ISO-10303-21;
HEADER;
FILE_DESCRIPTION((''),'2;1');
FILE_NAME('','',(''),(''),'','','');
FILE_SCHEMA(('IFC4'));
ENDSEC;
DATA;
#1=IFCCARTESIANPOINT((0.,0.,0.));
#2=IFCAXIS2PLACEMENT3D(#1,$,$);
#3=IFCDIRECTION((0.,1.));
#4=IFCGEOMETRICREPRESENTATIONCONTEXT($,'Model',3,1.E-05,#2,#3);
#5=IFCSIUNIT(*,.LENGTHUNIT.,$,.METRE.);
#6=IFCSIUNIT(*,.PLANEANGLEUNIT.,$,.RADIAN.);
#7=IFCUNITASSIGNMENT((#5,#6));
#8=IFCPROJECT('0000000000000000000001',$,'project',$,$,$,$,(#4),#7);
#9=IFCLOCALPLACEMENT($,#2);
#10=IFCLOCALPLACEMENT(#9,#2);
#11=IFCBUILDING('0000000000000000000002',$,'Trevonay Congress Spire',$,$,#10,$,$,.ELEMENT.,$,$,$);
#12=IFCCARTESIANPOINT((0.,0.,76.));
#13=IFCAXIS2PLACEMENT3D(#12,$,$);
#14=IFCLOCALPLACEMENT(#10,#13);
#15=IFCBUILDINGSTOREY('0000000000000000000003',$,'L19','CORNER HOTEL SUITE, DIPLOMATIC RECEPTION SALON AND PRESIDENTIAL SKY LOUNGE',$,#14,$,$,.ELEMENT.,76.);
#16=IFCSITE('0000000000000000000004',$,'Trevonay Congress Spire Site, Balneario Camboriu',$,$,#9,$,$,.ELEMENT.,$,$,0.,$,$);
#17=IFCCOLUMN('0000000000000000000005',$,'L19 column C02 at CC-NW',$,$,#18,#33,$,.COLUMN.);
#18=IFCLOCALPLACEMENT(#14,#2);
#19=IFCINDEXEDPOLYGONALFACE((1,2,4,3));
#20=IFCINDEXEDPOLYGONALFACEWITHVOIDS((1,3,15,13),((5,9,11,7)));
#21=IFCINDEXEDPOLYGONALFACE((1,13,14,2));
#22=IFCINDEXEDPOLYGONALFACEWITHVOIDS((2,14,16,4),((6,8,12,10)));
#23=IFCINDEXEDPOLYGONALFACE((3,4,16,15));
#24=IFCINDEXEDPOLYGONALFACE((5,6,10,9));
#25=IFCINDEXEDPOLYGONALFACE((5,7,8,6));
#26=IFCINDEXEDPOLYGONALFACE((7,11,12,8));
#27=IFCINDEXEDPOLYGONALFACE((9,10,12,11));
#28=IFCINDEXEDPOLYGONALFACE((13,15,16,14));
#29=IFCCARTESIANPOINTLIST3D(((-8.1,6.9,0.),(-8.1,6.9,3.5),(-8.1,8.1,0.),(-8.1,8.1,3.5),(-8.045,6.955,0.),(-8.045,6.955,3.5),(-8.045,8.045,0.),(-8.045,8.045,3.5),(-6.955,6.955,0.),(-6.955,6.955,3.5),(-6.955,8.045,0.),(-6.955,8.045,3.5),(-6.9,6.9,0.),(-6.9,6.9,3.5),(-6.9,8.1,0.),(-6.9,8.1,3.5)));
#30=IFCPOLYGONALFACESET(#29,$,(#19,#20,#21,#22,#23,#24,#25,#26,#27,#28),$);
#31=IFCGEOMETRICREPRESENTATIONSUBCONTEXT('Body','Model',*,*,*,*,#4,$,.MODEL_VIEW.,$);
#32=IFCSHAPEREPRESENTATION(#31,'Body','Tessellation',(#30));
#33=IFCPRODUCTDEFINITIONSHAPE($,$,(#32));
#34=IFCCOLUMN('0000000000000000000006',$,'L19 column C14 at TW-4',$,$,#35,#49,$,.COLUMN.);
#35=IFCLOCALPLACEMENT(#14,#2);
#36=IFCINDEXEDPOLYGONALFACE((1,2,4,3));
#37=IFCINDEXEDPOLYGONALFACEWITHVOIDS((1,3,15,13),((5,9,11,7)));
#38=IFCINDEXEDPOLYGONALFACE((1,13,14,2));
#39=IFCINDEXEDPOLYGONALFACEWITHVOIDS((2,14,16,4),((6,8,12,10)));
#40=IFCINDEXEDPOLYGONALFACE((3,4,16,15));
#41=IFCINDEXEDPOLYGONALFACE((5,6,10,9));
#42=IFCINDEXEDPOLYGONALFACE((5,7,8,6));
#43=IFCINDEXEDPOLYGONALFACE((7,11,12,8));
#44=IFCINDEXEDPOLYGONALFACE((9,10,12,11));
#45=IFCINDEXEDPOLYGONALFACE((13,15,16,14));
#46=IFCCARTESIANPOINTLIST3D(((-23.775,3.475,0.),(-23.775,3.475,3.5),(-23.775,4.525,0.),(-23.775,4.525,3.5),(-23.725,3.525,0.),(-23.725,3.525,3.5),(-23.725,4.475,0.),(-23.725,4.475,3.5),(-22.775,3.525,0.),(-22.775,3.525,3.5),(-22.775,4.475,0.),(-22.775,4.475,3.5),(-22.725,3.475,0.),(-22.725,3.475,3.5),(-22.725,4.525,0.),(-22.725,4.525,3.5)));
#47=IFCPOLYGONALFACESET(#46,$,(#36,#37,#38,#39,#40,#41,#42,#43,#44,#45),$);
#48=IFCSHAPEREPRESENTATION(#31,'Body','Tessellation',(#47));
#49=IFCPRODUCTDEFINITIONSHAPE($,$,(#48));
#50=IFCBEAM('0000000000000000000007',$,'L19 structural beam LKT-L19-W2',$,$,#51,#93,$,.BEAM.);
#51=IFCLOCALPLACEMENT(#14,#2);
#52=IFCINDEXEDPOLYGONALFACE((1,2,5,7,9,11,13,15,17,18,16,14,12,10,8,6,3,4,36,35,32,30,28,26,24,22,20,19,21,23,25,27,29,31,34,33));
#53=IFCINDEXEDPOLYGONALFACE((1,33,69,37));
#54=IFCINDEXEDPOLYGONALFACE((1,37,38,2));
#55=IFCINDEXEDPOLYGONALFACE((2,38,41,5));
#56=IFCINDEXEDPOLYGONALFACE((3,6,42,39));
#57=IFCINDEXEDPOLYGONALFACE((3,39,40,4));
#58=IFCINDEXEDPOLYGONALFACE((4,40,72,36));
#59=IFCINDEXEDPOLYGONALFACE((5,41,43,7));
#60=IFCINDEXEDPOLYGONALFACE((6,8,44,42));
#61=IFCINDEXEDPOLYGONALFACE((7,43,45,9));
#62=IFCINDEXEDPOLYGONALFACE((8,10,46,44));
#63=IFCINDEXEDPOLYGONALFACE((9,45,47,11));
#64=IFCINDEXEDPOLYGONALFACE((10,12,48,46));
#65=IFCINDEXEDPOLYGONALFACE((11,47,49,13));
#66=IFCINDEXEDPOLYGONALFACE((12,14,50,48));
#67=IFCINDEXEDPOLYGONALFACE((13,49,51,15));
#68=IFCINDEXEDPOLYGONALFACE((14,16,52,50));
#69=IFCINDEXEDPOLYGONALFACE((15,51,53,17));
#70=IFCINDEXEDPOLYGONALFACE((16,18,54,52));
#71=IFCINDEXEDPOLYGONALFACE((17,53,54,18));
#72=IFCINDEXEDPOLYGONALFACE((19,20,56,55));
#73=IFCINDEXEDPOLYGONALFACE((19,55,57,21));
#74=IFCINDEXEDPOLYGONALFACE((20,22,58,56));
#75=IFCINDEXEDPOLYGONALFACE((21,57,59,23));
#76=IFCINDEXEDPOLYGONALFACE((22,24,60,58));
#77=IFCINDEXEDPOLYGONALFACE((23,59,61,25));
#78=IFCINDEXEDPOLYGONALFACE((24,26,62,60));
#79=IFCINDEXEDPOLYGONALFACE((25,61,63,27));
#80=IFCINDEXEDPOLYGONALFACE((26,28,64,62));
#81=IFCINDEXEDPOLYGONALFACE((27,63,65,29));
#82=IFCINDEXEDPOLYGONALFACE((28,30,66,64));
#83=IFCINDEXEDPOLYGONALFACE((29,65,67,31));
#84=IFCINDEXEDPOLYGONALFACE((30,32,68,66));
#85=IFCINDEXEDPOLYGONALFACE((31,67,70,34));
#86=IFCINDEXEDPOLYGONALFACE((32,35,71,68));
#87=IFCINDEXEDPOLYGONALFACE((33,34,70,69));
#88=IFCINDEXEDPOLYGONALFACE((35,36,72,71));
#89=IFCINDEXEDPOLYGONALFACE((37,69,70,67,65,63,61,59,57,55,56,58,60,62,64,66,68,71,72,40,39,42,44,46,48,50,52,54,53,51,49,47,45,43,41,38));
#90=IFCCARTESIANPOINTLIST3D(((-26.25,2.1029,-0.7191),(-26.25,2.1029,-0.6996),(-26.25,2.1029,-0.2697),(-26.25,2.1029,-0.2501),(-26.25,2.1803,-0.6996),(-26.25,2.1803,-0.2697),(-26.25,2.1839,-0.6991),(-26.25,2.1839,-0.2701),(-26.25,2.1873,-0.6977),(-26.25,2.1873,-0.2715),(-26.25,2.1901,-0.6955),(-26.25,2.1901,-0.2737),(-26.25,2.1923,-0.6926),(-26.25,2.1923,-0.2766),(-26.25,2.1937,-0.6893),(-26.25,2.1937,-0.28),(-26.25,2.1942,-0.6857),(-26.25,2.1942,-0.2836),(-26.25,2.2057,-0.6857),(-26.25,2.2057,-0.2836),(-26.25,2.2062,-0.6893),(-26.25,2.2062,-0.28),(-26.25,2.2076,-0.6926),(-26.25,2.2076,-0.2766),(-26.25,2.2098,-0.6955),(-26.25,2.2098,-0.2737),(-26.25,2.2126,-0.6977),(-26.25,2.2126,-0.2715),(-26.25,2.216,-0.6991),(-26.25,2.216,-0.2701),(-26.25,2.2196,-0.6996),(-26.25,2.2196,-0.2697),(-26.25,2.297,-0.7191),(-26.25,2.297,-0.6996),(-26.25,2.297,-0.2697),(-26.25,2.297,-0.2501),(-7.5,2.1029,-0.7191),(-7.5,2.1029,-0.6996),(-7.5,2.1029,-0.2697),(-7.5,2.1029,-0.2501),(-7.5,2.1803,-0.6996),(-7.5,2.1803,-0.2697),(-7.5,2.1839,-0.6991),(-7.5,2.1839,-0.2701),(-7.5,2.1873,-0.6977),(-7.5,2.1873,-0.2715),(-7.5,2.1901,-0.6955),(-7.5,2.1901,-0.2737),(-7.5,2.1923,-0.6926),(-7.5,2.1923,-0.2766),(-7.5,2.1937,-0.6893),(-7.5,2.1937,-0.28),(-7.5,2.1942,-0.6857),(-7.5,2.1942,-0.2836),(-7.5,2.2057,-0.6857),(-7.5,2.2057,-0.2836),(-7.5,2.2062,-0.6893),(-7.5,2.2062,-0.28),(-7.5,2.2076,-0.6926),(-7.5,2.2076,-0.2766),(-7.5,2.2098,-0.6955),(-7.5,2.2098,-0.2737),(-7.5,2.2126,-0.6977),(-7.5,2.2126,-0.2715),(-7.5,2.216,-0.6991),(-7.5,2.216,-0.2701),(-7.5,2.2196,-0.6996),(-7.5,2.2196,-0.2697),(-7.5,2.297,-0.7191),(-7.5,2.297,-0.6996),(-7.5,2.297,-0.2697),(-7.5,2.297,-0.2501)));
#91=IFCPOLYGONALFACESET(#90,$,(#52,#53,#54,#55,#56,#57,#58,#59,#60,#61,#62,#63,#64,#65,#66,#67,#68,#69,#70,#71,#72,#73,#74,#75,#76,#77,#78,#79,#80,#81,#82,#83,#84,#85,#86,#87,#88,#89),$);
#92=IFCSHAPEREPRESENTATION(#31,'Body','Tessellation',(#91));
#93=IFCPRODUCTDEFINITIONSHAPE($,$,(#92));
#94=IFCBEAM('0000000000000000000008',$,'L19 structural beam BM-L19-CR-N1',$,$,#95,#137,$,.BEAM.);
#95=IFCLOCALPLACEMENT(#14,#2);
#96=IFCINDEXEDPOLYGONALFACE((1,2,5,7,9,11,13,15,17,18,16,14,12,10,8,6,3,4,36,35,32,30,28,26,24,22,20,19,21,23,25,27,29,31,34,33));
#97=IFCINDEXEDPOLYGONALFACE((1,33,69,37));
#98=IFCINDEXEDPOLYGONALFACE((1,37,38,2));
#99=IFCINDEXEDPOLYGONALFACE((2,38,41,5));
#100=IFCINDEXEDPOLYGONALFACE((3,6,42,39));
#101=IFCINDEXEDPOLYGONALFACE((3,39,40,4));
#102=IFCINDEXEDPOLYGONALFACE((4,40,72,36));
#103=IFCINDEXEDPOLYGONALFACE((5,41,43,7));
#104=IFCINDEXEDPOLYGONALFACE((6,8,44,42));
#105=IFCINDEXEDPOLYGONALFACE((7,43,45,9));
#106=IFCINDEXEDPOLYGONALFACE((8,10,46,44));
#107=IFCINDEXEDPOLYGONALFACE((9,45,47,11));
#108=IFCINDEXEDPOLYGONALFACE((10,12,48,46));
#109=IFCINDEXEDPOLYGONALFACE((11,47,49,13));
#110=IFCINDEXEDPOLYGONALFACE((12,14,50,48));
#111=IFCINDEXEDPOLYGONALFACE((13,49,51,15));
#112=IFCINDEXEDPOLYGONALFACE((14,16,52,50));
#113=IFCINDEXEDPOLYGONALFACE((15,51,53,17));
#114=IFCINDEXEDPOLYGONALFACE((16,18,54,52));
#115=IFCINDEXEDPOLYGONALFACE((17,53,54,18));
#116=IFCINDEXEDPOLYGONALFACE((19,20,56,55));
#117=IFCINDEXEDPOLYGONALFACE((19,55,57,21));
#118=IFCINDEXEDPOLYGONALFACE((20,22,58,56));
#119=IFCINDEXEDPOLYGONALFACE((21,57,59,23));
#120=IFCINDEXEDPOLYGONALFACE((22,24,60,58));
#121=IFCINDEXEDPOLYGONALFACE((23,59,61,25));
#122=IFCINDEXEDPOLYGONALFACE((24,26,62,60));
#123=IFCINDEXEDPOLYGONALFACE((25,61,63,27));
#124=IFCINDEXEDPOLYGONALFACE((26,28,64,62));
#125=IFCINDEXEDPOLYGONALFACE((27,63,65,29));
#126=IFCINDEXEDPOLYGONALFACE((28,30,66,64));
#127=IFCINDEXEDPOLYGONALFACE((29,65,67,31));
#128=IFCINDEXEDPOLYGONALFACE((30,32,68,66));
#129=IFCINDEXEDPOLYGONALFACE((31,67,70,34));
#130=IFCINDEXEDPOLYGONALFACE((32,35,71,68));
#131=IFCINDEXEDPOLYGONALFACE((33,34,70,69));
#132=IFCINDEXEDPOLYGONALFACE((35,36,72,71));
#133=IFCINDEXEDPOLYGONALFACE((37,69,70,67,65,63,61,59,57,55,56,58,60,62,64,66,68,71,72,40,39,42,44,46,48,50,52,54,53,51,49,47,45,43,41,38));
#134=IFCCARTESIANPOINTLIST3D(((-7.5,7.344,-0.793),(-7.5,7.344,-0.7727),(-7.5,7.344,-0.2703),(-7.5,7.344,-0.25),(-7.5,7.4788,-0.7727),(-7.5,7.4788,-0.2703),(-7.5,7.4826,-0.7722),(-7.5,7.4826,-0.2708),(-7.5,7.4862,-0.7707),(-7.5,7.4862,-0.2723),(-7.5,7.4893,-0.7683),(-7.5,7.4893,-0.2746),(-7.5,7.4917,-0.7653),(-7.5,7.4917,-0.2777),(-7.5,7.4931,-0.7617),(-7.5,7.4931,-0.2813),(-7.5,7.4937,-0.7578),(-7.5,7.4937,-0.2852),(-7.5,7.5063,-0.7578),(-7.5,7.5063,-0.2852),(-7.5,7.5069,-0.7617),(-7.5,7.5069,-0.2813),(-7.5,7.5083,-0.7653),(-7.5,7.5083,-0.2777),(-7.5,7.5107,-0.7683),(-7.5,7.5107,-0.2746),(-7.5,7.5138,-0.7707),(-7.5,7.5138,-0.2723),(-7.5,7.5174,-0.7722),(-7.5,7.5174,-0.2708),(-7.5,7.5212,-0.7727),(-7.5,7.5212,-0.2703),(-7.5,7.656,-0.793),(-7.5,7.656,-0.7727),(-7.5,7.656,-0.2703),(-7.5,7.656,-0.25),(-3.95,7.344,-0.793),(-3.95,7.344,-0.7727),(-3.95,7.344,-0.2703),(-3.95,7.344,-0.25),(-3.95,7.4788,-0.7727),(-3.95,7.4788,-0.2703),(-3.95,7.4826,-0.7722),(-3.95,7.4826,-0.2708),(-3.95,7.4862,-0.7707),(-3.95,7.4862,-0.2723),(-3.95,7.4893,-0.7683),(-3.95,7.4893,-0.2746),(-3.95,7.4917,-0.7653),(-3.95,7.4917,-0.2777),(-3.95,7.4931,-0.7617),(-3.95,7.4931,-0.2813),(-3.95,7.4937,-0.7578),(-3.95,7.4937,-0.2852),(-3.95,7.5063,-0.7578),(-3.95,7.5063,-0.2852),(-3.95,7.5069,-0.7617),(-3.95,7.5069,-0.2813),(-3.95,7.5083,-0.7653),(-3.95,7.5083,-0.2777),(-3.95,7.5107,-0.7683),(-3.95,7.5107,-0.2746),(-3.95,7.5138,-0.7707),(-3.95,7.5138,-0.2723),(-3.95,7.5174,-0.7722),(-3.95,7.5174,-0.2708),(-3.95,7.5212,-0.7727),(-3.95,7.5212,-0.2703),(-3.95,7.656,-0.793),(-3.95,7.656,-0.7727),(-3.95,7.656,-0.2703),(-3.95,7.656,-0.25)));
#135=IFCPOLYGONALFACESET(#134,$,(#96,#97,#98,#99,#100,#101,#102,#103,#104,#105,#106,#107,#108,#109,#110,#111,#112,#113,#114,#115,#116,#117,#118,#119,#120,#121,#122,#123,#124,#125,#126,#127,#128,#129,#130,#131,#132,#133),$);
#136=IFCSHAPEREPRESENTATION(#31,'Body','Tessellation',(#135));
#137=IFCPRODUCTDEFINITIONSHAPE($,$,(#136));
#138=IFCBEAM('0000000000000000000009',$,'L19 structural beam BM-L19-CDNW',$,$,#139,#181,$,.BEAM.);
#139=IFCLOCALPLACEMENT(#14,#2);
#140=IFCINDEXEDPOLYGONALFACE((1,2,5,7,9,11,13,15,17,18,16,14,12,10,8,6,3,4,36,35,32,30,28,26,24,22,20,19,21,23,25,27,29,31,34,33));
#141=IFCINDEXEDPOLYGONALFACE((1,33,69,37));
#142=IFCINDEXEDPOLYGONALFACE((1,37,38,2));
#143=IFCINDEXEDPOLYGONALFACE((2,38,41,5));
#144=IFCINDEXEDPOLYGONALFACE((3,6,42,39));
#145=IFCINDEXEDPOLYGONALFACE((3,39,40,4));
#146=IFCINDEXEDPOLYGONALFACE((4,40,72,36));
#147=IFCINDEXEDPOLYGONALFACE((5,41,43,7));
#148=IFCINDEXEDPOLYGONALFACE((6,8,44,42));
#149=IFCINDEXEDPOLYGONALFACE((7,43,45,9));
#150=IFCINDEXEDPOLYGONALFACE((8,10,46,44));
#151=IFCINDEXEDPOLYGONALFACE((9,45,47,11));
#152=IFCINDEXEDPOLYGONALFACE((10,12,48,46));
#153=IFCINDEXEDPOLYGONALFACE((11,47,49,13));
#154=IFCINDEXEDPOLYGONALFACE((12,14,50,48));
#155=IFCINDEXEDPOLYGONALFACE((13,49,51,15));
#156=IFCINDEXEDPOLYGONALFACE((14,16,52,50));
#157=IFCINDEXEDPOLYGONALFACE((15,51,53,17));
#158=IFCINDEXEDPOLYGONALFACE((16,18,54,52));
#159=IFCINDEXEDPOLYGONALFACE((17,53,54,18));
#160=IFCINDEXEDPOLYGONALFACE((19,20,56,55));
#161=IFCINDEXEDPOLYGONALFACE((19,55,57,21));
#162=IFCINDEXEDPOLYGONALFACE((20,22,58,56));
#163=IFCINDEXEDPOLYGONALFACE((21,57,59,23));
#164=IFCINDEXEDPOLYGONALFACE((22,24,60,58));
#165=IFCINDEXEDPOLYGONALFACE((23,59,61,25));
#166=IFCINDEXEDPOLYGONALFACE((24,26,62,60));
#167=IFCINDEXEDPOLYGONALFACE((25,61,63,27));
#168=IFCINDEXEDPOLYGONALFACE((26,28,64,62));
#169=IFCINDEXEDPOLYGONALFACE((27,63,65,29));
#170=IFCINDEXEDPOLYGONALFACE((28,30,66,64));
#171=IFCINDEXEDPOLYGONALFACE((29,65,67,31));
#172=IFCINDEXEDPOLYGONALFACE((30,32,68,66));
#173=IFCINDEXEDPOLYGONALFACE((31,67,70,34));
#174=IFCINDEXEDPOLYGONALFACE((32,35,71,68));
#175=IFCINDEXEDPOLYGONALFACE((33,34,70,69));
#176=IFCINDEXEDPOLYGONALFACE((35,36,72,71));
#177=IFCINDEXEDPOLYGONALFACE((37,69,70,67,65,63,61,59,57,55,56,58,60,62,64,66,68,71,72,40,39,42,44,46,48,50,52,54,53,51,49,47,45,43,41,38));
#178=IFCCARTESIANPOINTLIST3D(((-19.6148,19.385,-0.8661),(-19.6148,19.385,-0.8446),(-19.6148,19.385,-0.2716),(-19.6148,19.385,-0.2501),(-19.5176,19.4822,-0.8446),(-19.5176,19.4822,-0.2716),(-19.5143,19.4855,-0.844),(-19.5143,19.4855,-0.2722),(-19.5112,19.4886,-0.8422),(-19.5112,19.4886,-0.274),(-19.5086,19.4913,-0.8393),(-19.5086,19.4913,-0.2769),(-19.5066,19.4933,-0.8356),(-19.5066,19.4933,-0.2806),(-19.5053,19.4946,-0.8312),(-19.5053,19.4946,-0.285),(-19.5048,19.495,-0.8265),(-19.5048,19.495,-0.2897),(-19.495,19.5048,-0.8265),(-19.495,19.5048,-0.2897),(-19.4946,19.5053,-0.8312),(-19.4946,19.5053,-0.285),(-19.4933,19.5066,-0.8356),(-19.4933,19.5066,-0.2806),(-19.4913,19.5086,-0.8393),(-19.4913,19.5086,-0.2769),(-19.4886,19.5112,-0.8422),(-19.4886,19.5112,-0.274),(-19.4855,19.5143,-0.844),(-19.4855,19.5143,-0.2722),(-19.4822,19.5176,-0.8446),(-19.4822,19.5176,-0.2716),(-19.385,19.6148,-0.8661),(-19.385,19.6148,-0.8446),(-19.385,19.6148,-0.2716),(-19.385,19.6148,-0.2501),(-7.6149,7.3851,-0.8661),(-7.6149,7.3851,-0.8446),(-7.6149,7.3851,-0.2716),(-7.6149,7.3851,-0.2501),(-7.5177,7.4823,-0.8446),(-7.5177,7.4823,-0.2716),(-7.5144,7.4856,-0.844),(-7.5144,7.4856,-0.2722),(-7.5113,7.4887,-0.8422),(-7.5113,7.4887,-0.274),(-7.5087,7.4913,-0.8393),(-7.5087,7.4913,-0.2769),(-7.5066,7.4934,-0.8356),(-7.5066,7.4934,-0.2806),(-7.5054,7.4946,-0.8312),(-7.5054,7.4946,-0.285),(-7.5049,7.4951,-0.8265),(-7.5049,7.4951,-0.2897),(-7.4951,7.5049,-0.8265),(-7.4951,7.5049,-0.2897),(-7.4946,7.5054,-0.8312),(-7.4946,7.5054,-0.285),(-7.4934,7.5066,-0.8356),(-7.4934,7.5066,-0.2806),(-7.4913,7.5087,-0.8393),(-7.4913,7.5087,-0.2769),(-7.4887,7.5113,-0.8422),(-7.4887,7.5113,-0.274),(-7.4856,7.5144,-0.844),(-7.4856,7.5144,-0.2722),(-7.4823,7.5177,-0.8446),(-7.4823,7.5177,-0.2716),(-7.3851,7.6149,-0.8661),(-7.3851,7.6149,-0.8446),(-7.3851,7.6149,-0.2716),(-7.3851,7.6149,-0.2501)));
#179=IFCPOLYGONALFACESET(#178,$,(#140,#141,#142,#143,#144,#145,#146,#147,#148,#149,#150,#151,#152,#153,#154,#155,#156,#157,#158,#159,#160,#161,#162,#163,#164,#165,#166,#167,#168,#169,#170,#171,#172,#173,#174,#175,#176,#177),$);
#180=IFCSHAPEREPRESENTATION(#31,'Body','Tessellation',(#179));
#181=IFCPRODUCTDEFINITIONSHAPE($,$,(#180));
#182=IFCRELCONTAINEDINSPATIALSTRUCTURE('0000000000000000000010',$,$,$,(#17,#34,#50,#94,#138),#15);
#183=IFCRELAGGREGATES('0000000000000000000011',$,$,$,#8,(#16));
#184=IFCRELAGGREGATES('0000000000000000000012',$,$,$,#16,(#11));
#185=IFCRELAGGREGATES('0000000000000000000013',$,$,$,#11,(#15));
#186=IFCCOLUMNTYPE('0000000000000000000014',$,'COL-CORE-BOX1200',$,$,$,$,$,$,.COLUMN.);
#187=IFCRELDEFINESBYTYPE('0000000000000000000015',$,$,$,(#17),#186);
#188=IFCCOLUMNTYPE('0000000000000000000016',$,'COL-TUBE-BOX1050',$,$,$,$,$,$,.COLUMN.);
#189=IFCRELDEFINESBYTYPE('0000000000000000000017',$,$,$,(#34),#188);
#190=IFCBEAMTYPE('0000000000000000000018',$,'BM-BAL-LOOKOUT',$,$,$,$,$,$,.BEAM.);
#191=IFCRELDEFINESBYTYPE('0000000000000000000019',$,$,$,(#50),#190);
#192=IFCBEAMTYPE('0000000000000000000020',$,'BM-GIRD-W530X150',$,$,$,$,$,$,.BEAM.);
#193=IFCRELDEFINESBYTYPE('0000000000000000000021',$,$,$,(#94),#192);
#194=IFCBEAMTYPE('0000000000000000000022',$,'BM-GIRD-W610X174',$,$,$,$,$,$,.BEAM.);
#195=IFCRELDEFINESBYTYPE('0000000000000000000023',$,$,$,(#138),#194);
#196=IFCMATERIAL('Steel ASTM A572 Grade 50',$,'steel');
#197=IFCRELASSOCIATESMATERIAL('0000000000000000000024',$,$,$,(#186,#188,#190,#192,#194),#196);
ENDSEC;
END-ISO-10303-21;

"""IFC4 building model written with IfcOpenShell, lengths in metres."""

from ifc_helpers import new_model, si_unit, direction, frame, origin, origin_2d, place, context, subcontext, project, spatial, hollow_rectangle, i_section, extrude, material, material_profile, profile_set, type_object, element, save


model = new_model("IFC4")

# Units and contexts
model_context = context("Model", 3, precision=1e-05, world=origin(), true_north=direction((0.0, 1.0)))
body_context = subcontext(model_context, "Body", "Model", "MODEL_VIEW")
ifc_project = project(units=[si_unit("LENGTHUNIT", "METRE"), si_unit("PLANEANGLEUNIT", "RADIAN")], contexts=[model_context])

# Site, building, storey
site_placement = place(None, origin())
site = spatial("IfcSite", under=ifc_project, at=site_placement, Name="Trevonay Congress Spire Site, Balneario Camboriu", CompositionType="ELEMENT", RefElevation=0.0)
building_placement = place(site_placement, origin())
building = spatial("IfcBuilding", under=site, at=building_placement, Name="Trevonay Congress Spire", CompositionType="ELEMENT")
storey_placement = place(building_placement, frame((0.0, 0.0, 76.0)))
storey = spatial("IfcBuildingStorey", under=building, at=storey_placement, Name="L19", Description="CORNER HOTEL SUITE, DIPLOMATIC RECEPTION SALON AND PRESIDENTIAL SKY LOUNGE", CompositionType="ELEMENT", Elevation=76.0)

# Columns
ifc_material_1 = material(Name="Steel ASTM A572 Grade 50", Category="steel")
ifc_material_profile_1 = material_profile(ifc_material_1, hollow_rectangle(XDim=1.2, YDim=1.2, WallThickness=0.0549, at=origin_2d()), Name="BOX 1200x1200x55")
ifc_profile_set_1 = profile_set([ifc_material_profile_1], Name="Steel ASTM A572 Grade 50")
column_type_1 = type_object("IfcColumnType", Name="COL-CORE-BOX1200", PredefinedType="COLUMN", material=ifc_profile_set_1)
column_1_placement = place(storey_placement, frame((-7.5, 7.5, 0.0), z_axis=(0.0, 0.0, 1.0), x_axis=(1.0, 0.0, 0.0)))
element("IfcColumn", 1, at=column_1_placement, inside=storey, type_object=column_type_1, Name="L19 column C02 at CC-NW", PredefinedType="COLUMN", context=body_context, shape_type="SweptSolid", body=[
    extrude(hollow_rectangle(XDim=1.2, YDim=1.2, WallThickness=0.0549, at=origin_2d()), origin(), (0.0, 0.0, 1.0), 3.5),
])
ifc_material_profile_2 = material_profile(ifc_material_1, hollow_rectangle(XDim=1.05, YDim=1.05, WallThickness=0.05, at=origin_2d()), Name="BOX 1050x1050x50")
ifc_profile_set_2 = profile_set([ifc_material_profile_2], Name="Steel ASTM A572 Grade 50")
column_type_2 = type_object("IfcColumnType", Name="COL-TUBE-BOX1050", PredefinedType="COLUMN", material=ifc_profile_set_2)
column_2_placement = place(storey_placement, frame((-23.25, 4.0, 0.0), z_axis=(0.0, 0.0, 1.0), x_axis=(1.0, 0.0, 0.0)))
element("IfcColumn", 2, at=column_2_placement, inside=storey, type_object=column_type_2, Name="L19 column C14 at TW-4", PredefinedType="COLUMN", context=body_context, shape_type="SweptSolid", body=[
    extrude(hollow_rectangle(XDim=1.05, YDim=1.05, WallThickness=0.05, at=origin_2d()), origin(), (0.0, 0.0, 1.0), 3.5),
])

# Beams
ifc_material_profile_3 = material_profile(ifc_material_1, i_section(OverallWidth=0.1941, OverallDepth=0.469, WebThickness=0.0115, FlangeThickness=0.0195, FilletRadius=0.0139, at=origin_2d()), Name="W460x106")
ifc_profile_set_3 = profile_set([ifc_material_profile_3], Name="Steel ASTM A572 Grade 50")
beam_type_1 = type_object("IfcBeamType", Name="BM-BAL-LOOKOUT", PredefinedType="BEAM", material=ifc_profile_set_3)
beam_1_placement = place(storey_placement, frame((-7.5, 2.2, -0.4846), z_axis=(-1.0, 0.0, 0.0), x_axis=(0.0, -1.0, 0.0)))
element("IfcBeam", 3, at=beam_1_placement, inside=storey, type_object=beam_type_1, Name="L19 structural beam LKT-L19-W2", PredefinedType="BEAM", context=body_context, shape_type="SweptSolid", body=[
    extrude(i_section(OverallWidth=0.1941, OverallDepth=0.469, WebThickness=0.0115, FlangeThickness=0.0195, FilletRadius=0.0139, at=origin_2d()), origin(), (0.0, 0.0, 1.0), 18.75),
])
ifc_material_profile_4 = material_profile(ifc_material_1, i_section(OverallWidth=0.312, OverallDepth=0.543, WebThickness=0.0127, FlangeThickness=0.0203, FilletRadius=0.0149, at=origin_2d()), Name="W530x150")
ifc_profile_set_4 = profile_set([ifc_material_profile_4], Name="Steel ASTM A572 Grade 50")
beam_type_2 = type_object("IfcBeamType", Name="BM-GIRD-W530X150", PredefinedType="BEAM", material=ifc_profile_set_4)
beam_2_placement = place(storey_placement, frame((-7.5, 7.5, -0.5215), z_axis=(1.0, 0.0, 0.0), x_axis=(0.0, 1.0, 0.0)))
element("IfcBeam", 4, at=beam_2_placement, inside=storey, type_object=beam_type_2, Name="L19 structural beam BM-L19-CR-N1", PredefinedType="BEAM", context=body_context, shape_type="SweptSolid", body=[
    extrude(i_section(OverallWidth=0.312, OverallDepth=0.543, WebThickness=0.0127, FlangeThickness=0.0203, FilletRadius=0.0149, at=origin_2d()), origin(), (0.0, 0.0, 1.0), 3.55),
])
ifc_material_profile_5 = material_profile(ifc_material_1, i_section(OverallWidth=0.325, OverallDepth=0.616, WebThickness=0.0139, FlangeThickness=0.0215, FilletRadius=0.0181, at=origin_2d()), Name="W610x174")
ifc_profile_set_5 = profile_set([ifc_material_profile_5], Name="Steel ASTM A572 Grade 50")
beam_type_3 = type_object("IfcBeamType", Name="BM-GIRD-W610X174", PredefinedType="BEAM", material=ifc_profile_set_5)
beam_3_placement = place(storey_placement, frame((-7.5, 7.5, -0.5581), z_axis=(-0.707107, 0.707107, 0.0), x_axis=(-0.707107, -0.707107, 0.0)))
element("IfcBeam", 5, at=beam_3_placement, inside=storey, type_object=beam_type_3, Name="L19 structural beam BM-L19-CDNW", PredefinedType="BEAM", context=body_context, shape_type="SweptSolid", body=[
    extrude(i_section(OverallWidth=0.325, OverallDepth=0.616, WebThickness=0.0139, FlangeThickness=0.0215, FilletRadius=0.0181, at=origin_2d()), origin(), (0.0, 0.0, 1.0), 16.9705),
])

save(model, "model.ifc")
